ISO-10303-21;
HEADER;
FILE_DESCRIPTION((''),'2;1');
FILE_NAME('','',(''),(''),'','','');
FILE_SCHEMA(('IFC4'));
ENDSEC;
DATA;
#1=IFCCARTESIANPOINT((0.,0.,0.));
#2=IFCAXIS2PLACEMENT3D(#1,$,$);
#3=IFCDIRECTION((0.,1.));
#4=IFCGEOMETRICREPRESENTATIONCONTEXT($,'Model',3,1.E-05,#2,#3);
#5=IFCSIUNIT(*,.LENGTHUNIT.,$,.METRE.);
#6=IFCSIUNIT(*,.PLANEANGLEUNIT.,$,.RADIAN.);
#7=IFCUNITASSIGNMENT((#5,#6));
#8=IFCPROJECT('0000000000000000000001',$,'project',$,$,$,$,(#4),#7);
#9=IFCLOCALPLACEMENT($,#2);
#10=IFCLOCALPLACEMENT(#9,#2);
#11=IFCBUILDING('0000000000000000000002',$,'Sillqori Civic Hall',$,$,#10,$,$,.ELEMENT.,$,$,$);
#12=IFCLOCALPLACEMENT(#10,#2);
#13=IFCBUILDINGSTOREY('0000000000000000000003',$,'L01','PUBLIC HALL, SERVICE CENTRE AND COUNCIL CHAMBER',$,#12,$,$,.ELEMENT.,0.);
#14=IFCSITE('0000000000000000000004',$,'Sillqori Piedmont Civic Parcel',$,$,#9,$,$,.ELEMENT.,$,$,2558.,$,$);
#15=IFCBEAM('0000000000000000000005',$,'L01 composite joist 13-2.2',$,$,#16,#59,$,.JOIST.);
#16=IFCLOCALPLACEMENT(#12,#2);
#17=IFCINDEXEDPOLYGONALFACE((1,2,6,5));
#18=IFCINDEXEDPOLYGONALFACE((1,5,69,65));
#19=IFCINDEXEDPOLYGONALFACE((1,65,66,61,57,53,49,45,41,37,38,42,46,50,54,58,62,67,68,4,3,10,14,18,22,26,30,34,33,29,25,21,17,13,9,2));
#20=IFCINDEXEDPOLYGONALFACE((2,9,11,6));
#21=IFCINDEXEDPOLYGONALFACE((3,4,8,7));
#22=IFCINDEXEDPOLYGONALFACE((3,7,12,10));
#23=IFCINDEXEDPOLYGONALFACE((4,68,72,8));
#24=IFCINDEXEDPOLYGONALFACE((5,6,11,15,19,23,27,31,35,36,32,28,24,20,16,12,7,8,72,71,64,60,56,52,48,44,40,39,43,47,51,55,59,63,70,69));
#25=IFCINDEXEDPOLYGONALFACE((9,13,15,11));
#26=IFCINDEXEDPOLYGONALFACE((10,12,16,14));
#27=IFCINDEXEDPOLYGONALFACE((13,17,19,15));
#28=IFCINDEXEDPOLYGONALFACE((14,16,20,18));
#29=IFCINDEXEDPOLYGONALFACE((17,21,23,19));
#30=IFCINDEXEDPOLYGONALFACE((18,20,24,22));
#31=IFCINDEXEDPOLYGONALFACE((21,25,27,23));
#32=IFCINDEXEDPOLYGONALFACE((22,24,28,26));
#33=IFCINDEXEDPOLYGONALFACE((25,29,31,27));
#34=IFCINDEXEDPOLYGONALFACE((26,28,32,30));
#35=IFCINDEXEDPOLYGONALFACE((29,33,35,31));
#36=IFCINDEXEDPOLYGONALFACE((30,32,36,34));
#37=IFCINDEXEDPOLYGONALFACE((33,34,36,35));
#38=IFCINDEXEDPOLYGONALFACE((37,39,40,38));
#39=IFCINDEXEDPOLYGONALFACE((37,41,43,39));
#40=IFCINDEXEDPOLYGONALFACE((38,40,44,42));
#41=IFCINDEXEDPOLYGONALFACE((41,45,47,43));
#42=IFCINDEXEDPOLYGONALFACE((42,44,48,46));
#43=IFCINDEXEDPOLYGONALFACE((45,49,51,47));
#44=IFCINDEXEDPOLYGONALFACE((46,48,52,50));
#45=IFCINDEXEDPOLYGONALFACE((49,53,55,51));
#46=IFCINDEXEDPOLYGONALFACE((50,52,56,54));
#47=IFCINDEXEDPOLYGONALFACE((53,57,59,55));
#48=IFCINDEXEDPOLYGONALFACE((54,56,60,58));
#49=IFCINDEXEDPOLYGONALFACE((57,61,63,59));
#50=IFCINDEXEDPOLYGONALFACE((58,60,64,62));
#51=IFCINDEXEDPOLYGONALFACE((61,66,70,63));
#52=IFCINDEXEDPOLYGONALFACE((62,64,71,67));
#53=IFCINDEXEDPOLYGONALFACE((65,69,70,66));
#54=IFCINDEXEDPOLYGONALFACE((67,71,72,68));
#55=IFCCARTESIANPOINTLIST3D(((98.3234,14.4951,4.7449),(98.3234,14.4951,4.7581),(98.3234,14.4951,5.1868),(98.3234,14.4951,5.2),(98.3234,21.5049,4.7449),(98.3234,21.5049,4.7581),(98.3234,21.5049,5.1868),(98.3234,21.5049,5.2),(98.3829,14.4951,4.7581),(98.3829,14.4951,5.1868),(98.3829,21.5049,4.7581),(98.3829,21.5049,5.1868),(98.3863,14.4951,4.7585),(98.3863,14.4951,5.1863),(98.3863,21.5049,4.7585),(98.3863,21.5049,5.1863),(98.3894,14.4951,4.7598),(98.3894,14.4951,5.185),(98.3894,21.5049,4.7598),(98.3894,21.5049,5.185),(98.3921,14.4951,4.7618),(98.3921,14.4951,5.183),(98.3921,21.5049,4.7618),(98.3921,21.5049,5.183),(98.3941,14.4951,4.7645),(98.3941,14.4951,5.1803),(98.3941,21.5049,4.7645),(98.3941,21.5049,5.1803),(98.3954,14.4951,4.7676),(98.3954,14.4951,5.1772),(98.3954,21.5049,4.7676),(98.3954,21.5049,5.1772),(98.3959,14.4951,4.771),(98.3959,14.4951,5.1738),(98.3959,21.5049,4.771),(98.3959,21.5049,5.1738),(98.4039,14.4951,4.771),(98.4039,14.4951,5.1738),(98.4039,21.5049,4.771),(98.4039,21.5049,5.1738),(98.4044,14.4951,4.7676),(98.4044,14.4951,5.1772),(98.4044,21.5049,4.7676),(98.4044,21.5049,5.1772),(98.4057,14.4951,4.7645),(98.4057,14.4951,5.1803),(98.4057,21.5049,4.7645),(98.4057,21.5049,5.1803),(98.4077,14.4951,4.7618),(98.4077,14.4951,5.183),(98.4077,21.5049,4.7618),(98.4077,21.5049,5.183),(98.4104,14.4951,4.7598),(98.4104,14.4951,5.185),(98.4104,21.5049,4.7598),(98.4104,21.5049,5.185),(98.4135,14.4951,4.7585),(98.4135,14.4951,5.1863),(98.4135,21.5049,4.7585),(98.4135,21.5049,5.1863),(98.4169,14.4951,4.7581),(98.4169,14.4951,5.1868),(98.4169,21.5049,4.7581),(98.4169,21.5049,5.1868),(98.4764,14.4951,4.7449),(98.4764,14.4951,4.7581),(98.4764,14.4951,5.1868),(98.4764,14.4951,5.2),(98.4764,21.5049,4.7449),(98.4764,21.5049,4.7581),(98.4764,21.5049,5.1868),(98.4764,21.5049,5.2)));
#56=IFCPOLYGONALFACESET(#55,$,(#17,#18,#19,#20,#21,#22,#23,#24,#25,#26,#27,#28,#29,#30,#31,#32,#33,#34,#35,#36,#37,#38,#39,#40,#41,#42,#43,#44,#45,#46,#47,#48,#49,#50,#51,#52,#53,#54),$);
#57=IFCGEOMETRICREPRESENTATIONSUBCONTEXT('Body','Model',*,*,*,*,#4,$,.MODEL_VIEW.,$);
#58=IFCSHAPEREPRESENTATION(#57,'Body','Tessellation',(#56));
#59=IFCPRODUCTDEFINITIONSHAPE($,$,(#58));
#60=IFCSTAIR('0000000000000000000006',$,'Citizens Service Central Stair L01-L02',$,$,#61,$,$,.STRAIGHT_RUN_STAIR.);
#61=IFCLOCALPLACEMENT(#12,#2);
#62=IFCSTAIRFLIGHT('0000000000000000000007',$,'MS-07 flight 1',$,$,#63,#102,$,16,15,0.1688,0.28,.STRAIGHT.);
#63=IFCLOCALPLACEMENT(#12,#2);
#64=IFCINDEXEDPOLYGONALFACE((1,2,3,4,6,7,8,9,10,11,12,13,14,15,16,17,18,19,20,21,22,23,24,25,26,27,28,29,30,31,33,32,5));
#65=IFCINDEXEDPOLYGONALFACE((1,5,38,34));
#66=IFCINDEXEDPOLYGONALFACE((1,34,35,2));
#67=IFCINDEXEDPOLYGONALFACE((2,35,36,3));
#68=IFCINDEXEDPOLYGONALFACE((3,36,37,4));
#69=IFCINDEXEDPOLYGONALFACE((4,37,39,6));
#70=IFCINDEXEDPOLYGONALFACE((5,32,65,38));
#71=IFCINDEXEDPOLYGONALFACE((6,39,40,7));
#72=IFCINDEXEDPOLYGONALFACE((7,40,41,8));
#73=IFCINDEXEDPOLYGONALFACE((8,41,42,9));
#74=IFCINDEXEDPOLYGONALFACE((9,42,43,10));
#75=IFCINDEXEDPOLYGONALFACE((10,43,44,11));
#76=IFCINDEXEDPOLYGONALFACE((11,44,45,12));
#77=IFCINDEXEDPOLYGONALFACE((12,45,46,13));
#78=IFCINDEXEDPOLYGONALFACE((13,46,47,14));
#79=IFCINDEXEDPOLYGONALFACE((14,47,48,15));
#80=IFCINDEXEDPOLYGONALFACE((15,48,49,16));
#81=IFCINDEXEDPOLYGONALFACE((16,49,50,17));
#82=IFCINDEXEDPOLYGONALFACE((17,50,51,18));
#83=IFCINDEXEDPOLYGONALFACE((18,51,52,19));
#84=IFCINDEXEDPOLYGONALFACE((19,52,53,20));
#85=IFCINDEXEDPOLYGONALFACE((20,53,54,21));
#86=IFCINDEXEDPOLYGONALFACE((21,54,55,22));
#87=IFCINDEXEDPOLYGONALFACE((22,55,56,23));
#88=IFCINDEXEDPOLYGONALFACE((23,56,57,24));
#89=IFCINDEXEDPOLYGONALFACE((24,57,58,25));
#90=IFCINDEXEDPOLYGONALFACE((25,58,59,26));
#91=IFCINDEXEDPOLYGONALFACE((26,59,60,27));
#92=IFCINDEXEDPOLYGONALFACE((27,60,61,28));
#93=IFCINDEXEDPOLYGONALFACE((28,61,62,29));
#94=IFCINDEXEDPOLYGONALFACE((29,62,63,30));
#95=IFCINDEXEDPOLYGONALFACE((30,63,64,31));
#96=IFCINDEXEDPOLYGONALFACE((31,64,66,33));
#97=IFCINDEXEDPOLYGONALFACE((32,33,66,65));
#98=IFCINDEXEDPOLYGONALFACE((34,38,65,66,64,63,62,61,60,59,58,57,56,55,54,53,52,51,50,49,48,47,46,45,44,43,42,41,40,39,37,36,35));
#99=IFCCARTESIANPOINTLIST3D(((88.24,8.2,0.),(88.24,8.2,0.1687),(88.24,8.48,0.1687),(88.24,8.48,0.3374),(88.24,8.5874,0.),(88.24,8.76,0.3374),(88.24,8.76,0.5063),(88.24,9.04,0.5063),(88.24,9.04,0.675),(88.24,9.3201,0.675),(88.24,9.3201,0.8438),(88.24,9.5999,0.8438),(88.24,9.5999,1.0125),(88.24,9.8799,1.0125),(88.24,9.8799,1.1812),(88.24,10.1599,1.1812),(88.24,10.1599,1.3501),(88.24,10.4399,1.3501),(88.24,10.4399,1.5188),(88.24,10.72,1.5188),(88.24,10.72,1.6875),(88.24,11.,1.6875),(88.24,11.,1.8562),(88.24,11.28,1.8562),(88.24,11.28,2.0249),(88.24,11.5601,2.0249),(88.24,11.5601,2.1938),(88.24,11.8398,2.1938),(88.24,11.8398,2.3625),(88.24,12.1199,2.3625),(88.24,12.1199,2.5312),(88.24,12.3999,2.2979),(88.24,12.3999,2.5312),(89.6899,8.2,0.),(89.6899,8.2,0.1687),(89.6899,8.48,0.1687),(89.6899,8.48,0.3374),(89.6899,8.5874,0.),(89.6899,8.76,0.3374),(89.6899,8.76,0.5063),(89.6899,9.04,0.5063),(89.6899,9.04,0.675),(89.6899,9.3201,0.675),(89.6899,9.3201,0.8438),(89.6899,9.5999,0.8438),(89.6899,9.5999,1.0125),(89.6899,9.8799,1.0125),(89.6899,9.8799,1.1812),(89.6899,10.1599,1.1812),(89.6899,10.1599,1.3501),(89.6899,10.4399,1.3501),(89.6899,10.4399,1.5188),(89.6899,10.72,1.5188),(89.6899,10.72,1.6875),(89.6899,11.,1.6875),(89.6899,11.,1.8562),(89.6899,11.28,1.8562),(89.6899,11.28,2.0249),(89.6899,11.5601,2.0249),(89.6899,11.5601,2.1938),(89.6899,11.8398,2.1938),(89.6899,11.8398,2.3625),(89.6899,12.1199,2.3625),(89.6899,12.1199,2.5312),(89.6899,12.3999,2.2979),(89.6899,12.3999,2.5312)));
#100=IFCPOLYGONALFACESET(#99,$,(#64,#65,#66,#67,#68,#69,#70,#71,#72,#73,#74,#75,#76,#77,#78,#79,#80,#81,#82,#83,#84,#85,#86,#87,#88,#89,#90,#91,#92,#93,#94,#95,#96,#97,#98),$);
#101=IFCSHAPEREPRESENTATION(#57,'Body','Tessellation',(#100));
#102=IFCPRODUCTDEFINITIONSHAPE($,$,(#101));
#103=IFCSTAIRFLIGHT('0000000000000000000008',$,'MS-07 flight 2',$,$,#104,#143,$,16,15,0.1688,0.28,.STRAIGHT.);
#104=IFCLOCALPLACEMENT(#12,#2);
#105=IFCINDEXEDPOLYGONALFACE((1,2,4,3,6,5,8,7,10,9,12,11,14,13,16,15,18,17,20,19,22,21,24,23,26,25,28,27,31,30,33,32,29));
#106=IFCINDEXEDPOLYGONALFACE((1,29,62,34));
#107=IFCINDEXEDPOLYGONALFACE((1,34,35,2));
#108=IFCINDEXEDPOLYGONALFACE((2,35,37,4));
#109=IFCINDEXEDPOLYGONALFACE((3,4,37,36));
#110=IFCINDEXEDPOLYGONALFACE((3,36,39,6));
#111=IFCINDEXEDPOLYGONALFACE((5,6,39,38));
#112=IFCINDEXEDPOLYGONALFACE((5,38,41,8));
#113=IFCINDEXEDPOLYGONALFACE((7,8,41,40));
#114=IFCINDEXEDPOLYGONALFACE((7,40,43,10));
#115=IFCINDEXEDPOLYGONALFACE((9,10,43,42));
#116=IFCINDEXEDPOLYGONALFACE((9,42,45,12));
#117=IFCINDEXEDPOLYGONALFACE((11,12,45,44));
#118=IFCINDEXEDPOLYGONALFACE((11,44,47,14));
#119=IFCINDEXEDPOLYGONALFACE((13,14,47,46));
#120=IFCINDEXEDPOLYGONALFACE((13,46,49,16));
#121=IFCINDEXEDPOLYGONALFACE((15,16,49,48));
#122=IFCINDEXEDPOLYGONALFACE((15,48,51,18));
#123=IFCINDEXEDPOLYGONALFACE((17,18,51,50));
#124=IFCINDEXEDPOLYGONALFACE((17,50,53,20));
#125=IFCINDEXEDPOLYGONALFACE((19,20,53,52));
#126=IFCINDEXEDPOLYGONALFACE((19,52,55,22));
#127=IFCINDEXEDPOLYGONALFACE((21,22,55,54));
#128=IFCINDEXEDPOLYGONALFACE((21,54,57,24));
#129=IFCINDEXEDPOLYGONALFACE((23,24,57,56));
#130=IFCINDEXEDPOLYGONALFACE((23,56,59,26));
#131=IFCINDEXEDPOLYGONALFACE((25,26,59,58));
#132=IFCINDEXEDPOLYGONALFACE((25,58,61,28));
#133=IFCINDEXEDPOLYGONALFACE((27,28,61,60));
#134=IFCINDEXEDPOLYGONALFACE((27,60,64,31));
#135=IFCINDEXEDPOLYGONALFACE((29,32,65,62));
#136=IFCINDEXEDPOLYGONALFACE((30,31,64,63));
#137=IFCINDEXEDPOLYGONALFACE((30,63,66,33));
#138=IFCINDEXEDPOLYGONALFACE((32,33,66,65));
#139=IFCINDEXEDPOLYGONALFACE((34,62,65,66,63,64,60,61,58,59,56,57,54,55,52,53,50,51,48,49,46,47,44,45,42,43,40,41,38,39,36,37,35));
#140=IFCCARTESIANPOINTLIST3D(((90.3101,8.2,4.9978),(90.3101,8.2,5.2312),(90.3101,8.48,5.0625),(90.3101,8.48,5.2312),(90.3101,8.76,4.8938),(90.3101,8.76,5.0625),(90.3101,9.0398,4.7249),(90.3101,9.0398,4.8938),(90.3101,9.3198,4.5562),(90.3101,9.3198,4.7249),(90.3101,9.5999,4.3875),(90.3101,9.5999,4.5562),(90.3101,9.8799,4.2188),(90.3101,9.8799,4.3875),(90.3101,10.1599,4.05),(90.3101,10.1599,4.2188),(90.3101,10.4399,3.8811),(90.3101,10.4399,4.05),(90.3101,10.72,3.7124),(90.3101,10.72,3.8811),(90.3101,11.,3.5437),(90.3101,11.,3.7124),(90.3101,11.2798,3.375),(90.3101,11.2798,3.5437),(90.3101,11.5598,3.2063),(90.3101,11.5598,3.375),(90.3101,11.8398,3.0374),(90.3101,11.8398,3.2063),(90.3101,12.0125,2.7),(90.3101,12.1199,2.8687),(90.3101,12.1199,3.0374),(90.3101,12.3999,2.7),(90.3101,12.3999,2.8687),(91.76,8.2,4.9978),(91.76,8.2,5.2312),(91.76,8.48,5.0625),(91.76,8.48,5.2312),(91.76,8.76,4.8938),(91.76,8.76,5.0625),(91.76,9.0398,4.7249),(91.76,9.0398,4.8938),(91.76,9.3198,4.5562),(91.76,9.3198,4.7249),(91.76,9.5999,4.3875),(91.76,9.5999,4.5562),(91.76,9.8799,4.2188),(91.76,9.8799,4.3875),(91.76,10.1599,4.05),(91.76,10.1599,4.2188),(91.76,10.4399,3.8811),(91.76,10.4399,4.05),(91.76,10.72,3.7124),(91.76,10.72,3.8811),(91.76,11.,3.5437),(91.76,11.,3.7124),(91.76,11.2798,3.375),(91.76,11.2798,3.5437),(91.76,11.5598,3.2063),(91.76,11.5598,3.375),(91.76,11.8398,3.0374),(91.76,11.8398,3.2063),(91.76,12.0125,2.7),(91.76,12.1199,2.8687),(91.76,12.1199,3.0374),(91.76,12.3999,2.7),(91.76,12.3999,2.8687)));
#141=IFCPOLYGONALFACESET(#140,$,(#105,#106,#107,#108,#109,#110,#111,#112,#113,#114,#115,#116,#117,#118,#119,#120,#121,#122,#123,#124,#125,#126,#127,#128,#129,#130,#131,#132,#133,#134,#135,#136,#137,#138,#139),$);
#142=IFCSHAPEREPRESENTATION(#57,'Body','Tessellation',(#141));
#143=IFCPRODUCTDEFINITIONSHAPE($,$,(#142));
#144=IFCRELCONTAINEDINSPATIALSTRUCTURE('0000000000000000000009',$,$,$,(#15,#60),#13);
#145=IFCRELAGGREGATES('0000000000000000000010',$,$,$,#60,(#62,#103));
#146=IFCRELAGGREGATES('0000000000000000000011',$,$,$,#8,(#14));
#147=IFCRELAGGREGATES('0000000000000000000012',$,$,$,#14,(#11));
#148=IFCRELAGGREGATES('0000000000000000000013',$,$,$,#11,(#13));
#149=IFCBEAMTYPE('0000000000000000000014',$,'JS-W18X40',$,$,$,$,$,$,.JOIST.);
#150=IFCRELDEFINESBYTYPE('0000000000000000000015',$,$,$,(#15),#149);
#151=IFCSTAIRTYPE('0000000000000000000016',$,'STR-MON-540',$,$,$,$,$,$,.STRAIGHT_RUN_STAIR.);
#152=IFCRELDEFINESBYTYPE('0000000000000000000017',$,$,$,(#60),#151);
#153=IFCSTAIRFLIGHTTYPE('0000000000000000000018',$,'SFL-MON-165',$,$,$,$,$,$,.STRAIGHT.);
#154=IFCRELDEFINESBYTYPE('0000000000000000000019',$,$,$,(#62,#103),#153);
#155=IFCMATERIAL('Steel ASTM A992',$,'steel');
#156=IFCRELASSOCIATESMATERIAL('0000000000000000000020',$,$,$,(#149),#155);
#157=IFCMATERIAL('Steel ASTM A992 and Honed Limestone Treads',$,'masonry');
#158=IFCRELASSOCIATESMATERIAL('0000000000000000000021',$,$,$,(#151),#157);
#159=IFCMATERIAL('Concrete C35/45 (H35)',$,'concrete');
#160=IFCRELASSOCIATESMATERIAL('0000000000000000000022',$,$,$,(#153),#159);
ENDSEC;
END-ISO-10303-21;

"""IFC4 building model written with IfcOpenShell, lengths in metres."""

from ifc_helpers import new_model, si_unit, direction, frame, origin, origin_2d, place, context, subcontext, project, spatial, polyline, i_section, outline, extrude, material, material_profile, profile_set, type_object, element, aggregate, save


model = new_model("IFC4")

# Units and contexts
model_context = context("Model", 3, precision=1e-05, world=origin(), true_north=direction((0.0, 1.0)))
body_context = subcontext(model_context, "Body", "Model", "MODEL_VIEW")
ifc_project = project(units=[si_unit("LENGTHUNIT", "METRE"), si_unit("PLANEANGLEUNIT", "RADIAN")], contexts=[model_context])

# Site, building, storey
site_placement = place(None, origin())
site = spatial("IfcSite", under=ifc_project, at=site_placement, Name="Sillqori Piedmont Civic Parcel", CompositionType="ELEMENT", RefElevation=2558.0)
building_placement = place(site_placement, origin())
building = spatial("IfcBuilding", under=site, at=building_placement, Name="Sillqori Civic Hall", CompositionType="ELEMENT")
storey_placement = place(building_placement, origin())
storey = spatial("IfcBuildingStorey", under=building, at=storey_placement, Name="L01", Description="PUBLIC HALL, SERVICE CENTRE AND COUNCIL CHAMBER", CompositionType="ELEMENT", Elevation=0.0)

# Shared definitions
ifc_material_1 = material(Name="Steel ASTM A992", Category="steel")

# Beam
ifc_material_profile_1 = material_profile(ifc_material_1, i_section(OverallWidth=0.1531, OverallDepth=0.4551, WebThickness=0.0081, FlangeThickness=0.0132, FilletRadius=0.0129, at=origin_2d()), Name="W18X40")
ifc_profile_set_1 = profile_set([ifc_material_profile_1], Name="Steel ASTM A992")
beam_type_1 = type_object("IfcBeamType", Name="JS-W18X40", PredefinedType="JOIST", material=ifc_profile_set_1)
for number, where, z_axis, x_axis, name in (
    (1, (98.3999, 14.4951, 4.9724), (0.0, 1.0, 0.0), (-1.0, 0.0, 0.0), "L01 composite joist 13-2.2"),
):
    element("IfcBeam", number, at=place(storey_placement, frame(where, z_axis=z_axis, x_axis=x_axis)), inside=storey, type_object=beam_type_1, Name=name, PredefinedType="JOIST", context=body_context, shape_type="SweptSolid", body=[
        extrude(i_section(OverallWidth=0.1531, OverallDepth=0.4551, WebThickness=0.0081, FlangeThickness=0.0132, FilletRadius=0.0129, at=origin_2d()), origin(), (0.0, 0.0, 1.0), 7.0098),
    ])

# Stair, stair flights
ifc_material_2 = material(Name="Steel ASTM A992 and Honed Limestone Treads", Category="masonry")
stair_type = type_object("IfcStairType", Name="STR-MON-540", PredefinedType="STRAIGHT_RUN_STAIR", material=ifc_material_2)
stair_placement = place(storey_placement, origin())
stair = element("IfcStair", 2, at=stair_placement, inside=storey, type_object=stair_type, Name="Citizens Service Central Stair L01-L02", PredefinedType="STRAIGHT_RUN_STAIR")
ifc_material_3 = material(Name="Concrete C35/45 (H35)", Category="concrete")
stair_flight_type = type_object("IfcStairFlightType", Name="SFL-MON-165", PredefinedType="STRAIGHT", material=ifc_material_3)
stair_flight_1_placement = place(storey_placement, frame((88.9651, 8.2, 0.0), z_axis=(0.0, 0.0, 1.0), x_axis=(0.0, 1.0, 0.0)))
stair_flight_1 = element("IfcStairFlight", 3, at=stair_flight_1_placement, type_object=stair_flight_type, Name="MS-07 flight 1", NumberOfRisers=16, NumberOfTreads=15, PredefinedType="STRAIGHT", RiserHeight=0.1688, TreadLength=0.28, context=body_context, shape_type="SweptSolid", body=[
    extrude(outline(polyline([(0.0, 0.0), (0.0, 0.1687), (0.28, 0.1687), (0.28, 0.3374), (0.5601, 0.3374), (0.5601, 0.5063), (0.8401, 0.5063), (0.8401, 0.675), (1.1201, 0.675), (1.1201, 0.8438), (1.3999, 0.8438), (1.3999, 1.0125), (1.6799, 1.0125), (1.6799, 1.1812), (1.96, 1.1812), (1.96, 1.3501), (2.24, 1.3501), (2.24, 1.5188), (2.52, 1.5188), (2.52, 1.6875), (2.8, 1.6875), (2.8, 1.8562), (3.0801, 1.8562), (3.0801, 2.0249), (3.3601, 2.0249), (3.3601, 2.1938), (3.6399, 2.1938), (3.6399, 2.3625), (3.9199, 2.3625), (3.9199, 2.5312), (4.2, 2.5312), (4.2, 2.7), (4.2, 2.2979), (0.3875, 0.0), (0.0, 0.0)])), frame((0.0, 0.7251, 0.0), z_axis=(0.0, -1.0, 0.0), x_axis=(1.0, 0.0, 0.0)), (0.0, 0.0, 1.0), 1.45),
])
stair_flight_2_placement = place(storey_placement, frame((91.0349, 12.3999, 2.7), z_axis=(0.0, 0.0, 1.0), x_axis=(0.0, -1.0, 0.0)))
stair_flight_2 = element("IfcStairFlight", 4, at=stair_flight_2_placement, type_object=stair_flight_type, Name="MS-07 flight 2", NumberOfRisers=16, NumberOfTreads=15, PredefinedType="STRAIGHT", RiserHeight=0.1688, TreadLength=0.28, context=body_context, shape_type="SweptSolid", body=[
    extrude(outline(polyline([(0.0, 0.0), (0.0, 0.1687), (0.28, 0.1687), (0.28, 0.3374), (0.5601, 0.3374), (0.5601, 0.5063), (0.8401, 0.5063), (0.8401, 0.675), (1.1201, 0.675), (1.1201, 0.8438), (1.3999, 0.8438), (1.3999, 1.0125), (1.6799, 1.0125), (1.6799, 1.1812), (1.96, 1.1812), (1.96, 1.3501), (2.24, 1.3501), (2.24, 1.5188), (2.52, 1.5188), (2.52, 1.6875), (2.8, 1.6875), (2.8, 1.8562), (3.0801, 1.8562), (3.0801, 2.0249), (3.3601, 2.0249), (3.3601, 2.1938), (3.6399, 2.1938), (3.6399, 2.3625), (3.9199, 2.3625), (3.9199, 2.5312), (4.2, 2.5312), (4.2, 2.7), (4.2, 2.2979), (0.3875, 0.0), (0.0, 0.0)])), frame((0.0, 0.7251, 0.0), z_axis=(0.0, -1.0, 0.0), x_axis=(1.0, 0.0, 0.0)), (0.0, 0.0, 1.0), 1.45),
])
aggregate(stair, [stair_flight_1, stair_flight_2])

save(model, "model.ifc")
